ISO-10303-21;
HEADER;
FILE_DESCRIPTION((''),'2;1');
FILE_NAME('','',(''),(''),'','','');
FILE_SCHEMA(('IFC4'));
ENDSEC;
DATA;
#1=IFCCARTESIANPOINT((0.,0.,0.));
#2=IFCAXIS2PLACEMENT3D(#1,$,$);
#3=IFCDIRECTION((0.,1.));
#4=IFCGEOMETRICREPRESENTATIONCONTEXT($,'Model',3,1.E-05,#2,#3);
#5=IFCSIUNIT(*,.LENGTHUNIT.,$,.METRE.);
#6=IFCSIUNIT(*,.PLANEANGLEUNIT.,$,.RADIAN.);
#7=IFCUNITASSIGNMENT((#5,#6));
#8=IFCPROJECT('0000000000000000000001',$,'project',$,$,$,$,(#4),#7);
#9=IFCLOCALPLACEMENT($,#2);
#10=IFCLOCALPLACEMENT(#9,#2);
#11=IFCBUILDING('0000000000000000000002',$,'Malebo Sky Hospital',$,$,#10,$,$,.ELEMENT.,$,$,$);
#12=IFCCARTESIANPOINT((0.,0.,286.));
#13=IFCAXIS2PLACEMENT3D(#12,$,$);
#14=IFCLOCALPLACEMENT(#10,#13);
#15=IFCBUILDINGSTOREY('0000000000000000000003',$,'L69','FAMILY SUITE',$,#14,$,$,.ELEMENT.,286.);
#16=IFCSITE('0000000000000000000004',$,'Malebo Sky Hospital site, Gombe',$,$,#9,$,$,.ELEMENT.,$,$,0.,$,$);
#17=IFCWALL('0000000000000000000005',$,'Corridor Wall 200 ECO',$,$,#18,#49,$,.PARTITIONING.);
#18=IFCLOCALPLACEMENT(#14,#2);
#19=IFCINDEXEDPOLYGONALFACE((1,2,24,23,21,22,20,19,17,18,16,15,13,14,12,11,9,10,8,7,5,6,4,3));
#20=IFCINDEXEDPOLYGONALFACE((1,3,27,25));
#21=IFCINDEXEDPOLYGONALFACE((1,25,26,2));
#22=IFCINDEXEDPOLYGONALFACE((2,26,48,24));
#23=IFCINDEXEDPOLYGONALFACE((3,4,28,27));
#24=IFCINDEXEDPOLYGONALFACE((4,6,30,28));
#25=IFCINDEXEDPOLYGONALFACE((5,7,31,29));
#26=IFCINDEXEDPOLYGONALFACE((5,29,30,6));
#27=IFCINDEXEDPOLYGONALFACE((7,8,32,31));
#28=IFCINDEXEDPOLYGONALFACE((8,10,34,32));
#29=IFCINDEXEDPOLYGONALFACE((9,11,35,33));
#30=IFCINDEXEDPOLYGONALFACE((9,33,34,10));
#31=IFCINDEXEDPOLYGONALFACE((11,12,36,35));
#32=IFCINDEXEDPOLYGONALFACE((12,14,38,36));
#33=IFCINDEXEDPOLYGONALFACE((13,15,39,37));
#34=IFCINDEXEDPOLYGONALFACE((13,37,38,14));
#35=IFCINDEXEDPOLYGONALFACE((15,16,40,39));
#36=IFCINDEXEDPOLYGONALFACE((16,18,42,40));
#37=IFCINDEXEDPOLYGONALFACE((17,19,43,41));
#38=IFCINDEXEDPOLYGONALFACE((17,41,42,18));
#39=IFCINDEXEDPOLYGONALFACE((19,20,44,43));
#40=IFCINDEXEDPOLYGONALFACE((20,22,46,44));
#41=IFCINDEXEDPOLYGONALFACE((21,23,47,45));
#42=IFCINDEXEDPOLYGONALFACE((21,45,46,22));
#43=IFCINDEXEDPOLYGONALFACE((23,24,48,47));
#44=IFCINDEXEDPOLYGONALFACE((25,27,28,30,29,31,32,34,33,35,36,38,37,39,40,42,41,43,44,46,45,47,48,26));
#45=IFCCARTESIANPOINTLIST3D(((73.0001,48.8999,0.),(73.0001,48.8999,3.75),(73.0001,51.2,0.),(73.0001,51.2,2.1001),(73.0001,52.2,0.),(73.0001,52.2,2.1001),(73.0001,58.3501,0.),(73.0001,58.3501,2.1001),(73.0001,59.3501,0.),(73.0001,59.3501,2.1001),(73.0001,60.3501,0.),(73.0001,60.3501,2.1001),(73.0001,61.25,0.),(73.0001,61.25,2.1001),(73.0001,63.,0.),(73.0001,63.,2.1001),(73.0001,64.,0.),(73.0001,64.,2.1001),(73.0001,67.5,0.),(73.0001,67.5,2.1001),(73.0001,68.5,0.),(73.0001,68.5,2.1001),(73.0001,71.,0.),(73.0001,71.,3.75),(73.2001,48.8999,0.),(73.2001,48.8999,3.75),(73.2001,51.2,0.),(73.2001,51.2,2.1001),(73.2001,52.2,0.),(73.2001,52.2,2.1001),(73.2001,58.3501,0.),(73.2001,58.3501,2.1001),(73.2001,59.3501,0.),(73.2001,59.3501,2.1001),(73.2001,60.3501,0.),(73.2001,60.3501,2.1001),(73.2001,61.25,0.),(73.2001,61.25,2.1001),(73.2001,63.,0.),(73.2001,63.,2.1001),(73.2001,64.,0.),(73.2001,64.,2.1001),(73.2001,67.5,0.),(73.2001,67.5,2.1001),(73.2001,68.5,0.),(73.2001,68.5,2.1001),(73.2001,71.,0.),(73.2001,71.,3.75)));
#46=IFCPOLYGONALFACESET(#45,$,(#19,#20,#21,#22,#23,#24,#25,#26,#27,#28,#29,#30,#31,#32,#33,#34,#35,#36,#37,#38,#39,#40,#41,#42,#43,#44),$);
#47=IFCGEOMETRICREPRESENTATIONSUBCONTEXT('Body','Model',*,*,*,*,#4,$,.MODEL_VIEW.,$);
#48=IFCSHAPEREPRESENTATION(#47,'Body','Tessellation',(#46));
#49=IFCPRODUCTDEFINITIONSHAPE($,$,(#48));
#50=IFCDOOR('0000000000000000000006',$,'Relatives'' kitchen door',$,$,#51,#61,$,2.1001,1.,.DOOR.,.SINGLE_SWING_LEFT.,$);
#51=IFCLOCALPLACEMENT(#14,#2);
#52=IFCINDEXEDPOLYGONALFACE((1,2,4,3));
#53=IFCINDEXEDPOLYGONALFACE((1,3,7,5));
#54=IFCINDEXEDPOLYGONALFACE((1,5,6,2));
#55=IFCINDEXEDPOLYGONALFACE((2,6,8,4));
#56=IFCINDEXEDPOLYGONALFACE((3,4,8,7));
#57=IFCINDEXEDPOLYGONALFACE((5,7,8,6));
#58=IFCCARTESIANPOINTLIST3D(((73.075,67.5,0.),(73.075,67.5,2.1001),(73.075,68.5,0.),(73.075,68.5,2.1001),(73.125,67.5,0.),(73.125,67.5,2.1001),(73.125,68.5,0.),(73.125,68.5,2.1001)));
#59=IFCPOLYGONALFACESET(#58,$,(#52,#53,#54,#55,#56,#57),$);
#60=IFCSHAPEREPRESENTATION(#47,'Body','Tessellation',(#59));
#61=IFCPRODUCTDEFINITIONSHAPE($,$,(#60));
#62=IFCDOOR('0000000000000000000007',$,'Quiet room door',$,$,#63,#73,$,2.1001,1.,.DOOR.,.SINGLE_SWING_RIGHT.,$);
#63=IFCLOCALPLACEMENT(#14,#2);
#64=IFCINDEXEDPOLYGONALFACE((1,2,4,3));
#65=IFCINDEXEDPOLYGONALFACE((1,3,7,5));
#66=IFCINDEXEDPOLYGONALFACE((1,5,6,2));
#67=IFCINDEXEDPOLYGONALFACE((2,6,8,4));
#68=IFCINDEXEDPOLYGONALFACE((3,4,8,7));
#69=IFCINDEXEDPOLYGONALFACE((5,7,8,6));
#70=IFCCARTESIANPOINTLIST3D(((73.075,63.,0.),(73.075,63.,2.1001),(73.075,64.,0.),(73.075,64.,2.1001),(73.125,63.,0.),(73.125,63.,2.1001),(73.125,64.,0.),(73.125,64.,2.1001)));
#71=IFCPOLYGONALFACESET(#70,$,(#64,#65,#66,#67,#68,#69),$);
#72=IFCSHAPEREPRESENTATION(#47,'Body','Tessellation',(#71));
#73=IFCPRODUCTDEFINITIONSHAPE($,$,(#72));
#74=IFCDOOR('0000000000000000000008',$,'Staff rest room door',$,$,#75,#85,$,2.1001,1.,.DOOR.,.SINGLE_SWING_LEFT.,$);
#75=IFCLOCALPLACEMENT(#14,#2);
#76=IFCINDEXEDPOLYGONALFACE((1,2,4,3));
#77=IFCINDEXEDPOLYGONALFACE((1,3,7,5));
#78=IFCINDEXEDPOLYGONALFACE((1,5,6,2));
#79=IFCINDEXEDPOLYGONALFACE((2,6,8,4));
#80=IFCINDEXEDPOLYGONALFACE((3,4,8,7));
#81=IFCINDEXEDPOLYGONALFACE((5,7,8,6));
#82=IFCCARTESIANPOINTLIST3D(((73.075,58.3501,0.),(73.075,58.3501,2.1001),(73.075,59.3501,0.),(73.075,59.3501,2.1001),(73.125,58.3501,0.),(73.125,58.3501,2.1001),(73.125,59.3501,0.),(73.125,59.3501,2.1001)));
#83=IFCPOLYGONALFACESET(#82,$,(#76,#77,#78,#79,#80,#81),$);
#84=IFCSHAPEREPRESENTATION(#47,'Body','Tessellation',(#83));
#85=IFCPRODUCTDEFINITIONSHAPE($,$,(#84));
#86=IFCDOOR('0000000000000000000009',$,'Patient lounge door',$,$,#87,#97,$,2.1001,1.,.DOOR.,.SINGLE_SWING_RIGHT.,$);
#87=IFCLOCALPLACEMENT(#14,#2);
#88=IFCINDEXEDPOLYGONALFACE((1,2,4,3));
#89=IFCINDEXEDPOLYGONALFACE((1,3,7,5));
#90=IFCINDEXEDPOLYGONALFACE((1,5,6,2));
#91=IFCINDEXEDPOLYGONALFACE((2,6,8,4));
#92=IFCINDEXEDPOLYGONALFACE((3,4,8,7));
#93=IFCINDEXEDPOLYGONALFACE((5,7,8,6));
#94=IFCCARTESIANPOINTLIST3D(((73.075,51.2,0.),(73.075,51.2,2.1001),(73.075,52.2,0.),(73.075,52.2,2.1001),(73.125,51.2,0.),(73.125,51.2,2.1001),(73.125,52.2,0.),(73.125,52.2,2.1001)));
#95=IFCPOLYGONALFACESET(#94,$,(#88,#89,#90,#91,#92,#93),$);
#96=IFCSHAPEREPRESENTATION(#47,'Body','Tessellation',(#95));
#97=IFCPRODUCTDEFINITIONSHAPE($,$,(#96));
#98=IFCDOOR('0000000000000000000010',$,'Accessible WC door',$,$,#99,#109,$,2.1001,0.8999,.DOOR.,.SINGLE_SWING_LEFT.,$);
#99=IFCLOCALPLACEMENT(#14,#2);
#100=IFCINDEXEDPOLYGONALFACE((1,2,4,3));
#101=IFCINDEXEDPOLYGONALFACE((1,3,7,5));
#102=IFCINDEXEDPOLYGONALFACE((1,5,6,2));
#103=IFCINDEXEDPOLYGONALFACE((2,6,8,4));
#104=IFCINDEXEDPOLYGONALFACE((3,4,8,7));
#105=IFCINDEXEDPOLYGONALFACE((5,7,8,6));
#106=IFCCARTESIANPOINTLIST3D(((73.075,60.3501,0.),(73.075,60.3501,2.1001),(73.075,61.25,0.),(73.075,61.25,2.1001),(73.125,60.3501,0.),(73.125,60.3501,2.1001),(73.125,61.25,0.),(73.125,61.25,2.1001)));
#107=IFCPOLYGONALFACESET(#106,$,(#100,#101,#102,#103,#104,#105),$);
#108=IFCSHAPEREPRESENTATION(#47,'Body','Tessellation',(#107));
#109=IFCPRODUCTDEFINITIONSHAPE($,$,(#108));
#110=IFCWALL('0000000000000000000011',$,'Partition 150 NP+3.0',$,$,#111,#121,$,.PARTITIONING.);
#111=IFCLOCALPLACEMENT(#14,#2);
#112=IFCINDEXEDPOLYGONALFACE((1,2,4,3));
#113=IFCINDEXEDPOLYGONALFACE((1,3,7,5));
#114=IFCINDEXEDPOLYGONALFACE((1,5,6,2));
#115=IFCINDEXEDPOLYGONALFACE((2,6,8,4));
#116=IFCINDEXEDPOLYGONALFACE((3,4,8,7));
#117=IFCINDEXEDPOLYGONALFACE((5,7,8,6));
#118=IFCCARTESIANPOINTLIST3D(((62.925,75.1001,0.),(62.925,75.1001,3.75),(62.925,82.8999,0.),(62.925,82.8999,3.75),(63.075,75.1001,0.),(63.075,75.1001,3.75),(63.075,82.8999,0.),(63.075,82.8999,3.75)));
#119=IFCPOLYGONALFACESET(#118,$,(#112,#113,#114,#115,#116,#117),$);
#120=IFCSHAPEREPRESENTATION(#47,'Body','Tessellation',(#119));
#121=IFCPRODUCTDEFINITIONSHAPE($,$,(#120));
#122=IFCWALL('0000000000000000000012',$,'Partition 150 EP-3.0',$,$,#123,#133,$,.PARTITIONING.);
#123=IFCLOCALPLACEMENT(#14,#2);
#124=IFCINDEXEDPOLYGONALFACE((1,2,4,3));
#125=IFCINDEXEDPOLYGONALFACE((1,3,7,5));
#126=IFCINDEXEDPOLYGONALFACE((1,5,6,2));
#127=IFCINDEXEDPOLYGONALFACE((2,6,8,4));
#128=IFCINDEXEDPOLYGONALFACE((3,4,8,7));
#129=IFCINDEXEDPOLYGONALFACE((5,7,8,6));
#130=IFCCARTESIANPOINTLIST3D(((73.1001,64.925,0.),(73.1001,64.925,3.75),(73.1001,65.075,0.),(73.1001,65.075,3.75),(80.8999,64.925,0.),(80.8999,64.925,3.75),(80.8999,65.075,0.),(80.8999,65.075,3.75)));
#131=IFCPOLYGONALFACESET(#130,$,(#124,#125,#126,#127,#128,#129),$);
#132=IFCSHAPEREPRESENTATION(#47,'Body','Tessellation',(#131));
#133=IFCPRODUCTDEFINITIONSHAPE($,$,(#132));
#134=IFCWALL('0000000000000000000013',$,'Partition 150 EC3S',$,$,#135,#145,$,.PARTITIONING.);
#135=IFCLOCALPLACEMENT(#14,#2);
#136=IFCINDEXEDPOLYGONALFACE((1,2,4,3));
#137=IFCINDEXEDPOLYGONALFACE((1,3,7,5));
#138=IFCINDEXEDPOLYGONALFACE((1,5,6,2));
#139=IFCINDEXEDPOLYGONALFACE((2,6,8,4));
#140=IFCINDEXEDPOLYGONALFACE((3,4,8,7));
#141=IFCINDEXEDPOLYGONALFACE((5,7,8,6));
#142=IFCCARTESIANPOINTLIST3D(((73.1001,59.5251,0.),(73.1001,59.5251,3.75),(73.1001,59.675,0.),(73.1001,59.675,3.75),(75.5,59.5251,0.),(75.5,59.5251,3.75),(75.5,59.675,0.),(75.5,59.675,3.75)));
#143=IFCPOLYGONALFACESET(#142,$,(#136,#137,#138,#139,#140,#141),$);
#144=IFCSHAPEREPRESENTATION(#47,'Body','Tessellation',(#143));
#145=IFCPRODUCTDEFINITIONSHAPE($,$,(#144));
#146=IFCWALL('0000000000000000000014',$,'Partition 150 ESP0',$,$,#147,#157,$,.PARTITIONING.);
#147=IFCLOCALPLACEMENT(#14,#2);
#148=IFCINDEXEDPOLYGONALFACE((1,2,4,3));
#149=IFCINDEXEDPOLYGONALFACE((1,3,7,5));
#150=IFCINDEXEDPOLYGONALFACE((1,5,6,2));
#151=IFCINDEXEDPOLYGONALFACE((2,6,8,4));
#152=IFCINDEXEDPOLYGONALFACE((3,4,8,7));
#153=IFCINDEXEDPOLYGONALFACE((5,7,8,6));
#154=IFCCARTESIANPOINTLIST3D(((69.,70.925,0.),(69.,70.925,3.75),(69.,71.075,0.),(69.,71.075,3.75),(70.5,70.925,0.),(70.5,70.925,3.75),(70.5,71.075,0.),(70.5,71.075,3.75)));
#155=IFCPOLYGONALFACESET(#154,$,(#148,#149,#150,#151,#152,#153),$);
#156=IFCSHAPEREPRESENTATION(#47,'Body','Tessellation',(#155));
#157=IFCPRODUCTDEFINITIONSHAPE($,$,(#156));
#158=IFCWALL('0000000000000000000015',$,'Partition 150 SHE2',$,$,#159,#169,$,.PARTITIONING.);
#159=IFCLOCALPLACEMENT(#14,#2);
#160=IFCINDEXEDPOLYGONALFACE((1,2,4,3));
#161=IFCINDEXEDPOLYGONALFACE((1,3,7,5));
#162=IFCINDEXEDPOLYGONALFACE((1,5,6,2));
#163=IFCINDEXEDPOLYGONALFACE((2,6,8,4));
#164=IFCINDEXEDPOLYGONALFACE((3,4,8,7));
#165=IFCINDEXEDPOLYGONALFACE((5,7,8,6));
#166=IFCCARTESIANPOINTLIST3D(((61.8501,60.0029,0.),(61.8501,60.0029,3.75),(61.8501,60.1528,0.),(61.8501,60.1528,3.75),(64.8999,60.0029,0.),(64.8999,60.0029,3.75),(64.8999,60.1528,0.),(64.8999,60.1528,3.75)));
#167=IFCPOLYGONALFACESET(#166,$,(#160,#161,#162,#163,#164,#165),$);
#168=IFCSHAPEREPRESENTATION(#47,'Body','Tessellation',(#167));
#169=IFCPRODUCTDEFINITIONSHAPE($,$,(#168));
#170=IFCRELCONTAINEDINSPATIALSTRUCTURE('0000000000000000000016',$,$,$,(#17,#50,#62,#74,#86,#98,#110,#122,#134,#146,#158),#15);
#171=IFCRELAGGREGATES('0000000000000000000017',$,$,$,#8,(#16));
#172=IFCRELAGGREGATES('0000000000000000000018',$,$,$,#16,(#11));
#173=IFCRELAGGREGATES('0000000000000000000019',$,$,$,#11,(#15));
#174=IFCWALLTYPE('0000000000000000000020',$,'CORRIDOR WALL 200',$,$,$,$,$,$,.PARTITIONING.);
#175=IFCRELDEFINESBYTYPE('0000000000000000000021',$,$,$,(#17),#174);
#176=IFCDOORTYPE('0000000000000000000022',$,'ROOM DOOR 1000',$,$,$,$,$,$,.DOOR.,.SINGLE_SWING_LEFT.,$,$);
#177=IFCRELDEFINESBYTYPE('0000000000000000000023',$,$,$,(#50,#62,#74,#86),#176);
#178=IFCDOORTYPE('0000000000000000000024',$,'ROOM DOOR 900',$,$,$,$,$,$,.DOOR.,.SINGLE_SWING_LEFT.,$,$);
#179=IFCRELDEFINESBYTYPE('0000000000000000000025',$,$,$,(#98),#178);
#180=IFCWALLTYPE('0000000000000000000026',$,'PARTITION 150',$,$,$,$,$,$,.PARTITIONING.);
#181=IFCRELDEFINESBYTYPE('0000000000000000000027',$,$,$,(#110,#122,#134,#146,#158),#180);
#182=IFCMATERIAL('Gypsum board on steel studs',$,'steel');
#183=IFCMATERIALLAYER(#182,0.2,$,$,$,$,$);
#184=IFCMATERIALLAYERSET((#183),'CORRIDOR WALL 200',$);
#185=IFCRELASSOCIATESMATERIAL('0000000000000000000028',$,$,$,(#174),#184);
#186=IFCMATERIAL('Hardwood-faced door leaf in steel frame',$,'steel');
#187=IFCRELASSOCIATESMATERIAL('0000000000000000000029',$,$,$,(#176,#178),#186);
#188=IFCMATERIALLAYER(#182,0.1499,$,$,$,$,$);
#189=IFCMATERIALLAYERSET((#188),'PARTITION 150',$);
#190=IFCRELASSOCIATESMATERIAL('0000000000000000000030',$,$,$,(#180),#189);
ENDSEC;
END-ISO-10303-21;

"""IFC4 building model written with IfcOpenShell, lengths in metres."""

from ifc_helpers import new_model, si_unit, direction, frame, frame_2d, origin, place, context, subcontext, project, spatial, rectangle, extrude, material, layer, layer_set, type_object, element, fill, save


model = new_model("IFC4")

# Units and contexts
model_context = context("Model", 3, precision=1e-05, world=origin(), true_north=direction((0.0, 1.0)))
body_context = subcontext(model_context, "Body", "Model", "MODEL_VIEW")
ifc_project = project(units=[si_unit("LENGTHUNIT", "METRE"), si_unit("PLANEANGLEUNIT", "RADIAN")], contexts=[model_context])

# Site, building, storey
site_placement = place(None, origin())
site = spatial("IfcSite", under=ifc_project, at=site_placement, Name="Malebo Sky Hospital site, Gombe", CompositionType="ELEMENT", RefElevation=0.0)
building_placement = place(site_placement, origin())
building = spatial("IfcBuilding", under=site, at=building_placement, Name="Malebo Sky Hospital", CompositionType="ELEMENT")
storey_placement = place(building_placement, frame((0.0, 0.0, 286.0)))
storey = spatial("IfcBuildingStorey", under=building, at=storey_placement, Name="L69", Description="FAMILY SUITE", CompositionType="ELEMENT", Elevation=286.0)

# Wall, openings, doors
ifc_material_1 = material(Name="Gypsum board on steel studs", Category="steel")
ifc_layer_1 = layer(ifc_material_1, 0.2)
ifc_layer_set_1 = layer_set([ifc_layer_1], Name="CORRIDOR WALL 200")
wall_type_1 = type_object("IfcWallType", Name="CORRIDOR WALL 200", PredefinedType="PARTITIONING", material=ifc_layer_set_1)
wall_1_placement = place(storey_placement, frame((73.1001, 71.0, 0.0), z_axis=(0.0, 0.0, 1.0), x_axis=(0.0, -1.0, 0.0)))
wall_1 = element("IfcWall", 1, at=wall_1_placement, inside=storey, type_object=wall_type_1, Name="Corridor Wall 200 ECO", PredefinedType="PARTITIONING", context=body_context, shape_type="SweptSolid", body=[
    extrude(rectangle(XDim=22.1001, YDim=0.2, at=frame_2d((11.05, 0.0))), origin(), (0.0, 0.0, 1.0), 3.75),
])
opening_1_placement = place(wall_1_placement, frame((2.5, 0.0, 0.0)))
opening_1 = element("IfcOpeningElement", 2, at=opening_1_placement, cuts=wall_1, PredefinedType="OPENING", context=body_context, shape_type="SweptSolid", body=[
    extrude(rectangle(XDim=1.0, YDim=2.1001, at=frame_2d((0.5, 1.05))), frame((0.0, 0.1099, 0.0), z_axis=(0.0, -1.0, 0.0), x_axis=(1.0, 0.0, 0.0)), (0.0, 0.0, 1.0), 0.22),
])
opening_2_placement = place(wall_1_placement, frame((7.0, 0.0, 0.0)))
opening_2 = element("IfcOpeningElement", 3, at=opening_2_placement, cuts=wall_1, PredefinedType="OPENING", context=body_context, shape_type="SweptSolid", body=[
    extrude(rectangle(XDim=1.0, YDim=2.1001, at=frame_2d((0.5, 1.05))), frame((0.0, 0.1099, 0.0), z_axis=(0.0, -1.0, 0.0), x_axis=(1.0, 0.0, 0.0)), (0.0, 0.0, 1.0), 0.22),
])
opening_3_placement = place(wall_1_placement, frame((9.75, 0.0, 0.0)))
opening_3 = element("IfcOpeningElement", 4, at=opening_3_placement, cuts=wall_1, PredefinedType="OPENING", context=body_context, shape_type="SweptSolid", body=[
    extrude(rectangle(XDim=0.8999, YDim=2.1001, at=frame_2d((0.45, 1.05))), frame((0.0, 0.1099, 0.0), z_axis=(0.0, -1.0, 0.0), x_axis=(1.0, 0.0, 0.0)), (0.0, 0.0, 1.0), 0.22),
])
opening_4_placement = place(wall_1_placement, frame((11.6499, 0.0, 0.0)))
opening_4 = element("IfcOpeningElement", 5, at=opening_4_placement, cuts=wall_1, PredefinedType="OPENING", context=body_context, shape_type="SweptSolid", body=[
    extrude(rectangle(XDim=1.0, YDim=2.1001, at=frame_2d((0.5, 1.05))), frame((0.0, 0.1099, 0.0), z_axis=(0.0, -1.0, 0.0), x_axis=(1.0, 0.0, 0.0)), (0.0, 0.0, 1.0), 0.22),
])
opening_5_placement = place(wall_1_placement, frame((18.8, 0.0, 0.0)))
opening_5 = element("IfcOpeningElement", 6, at=opening_5_placement, cuts=wall_1, PredefinedType="OPENING", context=body_context, shape_type="SweptSolid", body=[
    extrude(rectangle(XDim=1.0, YDim=2.1001, at=frame_2d((0.5, 1.05))), frame((0.0, 0.1099, 0.0), z_axis=(0.0, -1.0, 0.0), x_axis=(1.0, 0.0, 0.0)), (0.0, 0.0, 1.0), 0.22),
])
ifc_material_2 = material(Name="Hardwood-faced door leaf in steel frame", Category="steel")
door_type_1 = type_object("IfcDoorType", Name="ROOM DOOR 1000", OperationType="SINGLE_SWING_LEFT", PredefinedType="DOOR", material=ifc_material_2)
door_1_placement = place(opening_1_placement, origin())
door_1 = element("IfcDoor", 7, at=door_1_placement, inside=storey, type_object=door_type_1, Name="Relatives' kitchen door", OperationType="SINGLE_SWING_LEFT", OverallHeight=2.1001, OverallWidth=1.0, PredefinedType="DOOR", context=body_context, shape_type="SweptSolid", body=[
    extrude(rectangle(XDim=1.0, YDim=2.1001, at=frame_2d((0.5, 1.05))), frame((0.0, 0.0249, 0.0), z_axis=(0.0, -1.0, 0.0), x_axis=(1.0, 0.0, 0.0)), (0.0, 0.0, 1.0), 0.05),
])
fill(opening_1, door_1)
door_2_placement = place(opening_2_placement, origin())
door_2 = element("IfcDoor", 8, at=door_2_placement, inside=storey, type_object=door_type_1, Name="Quiet room door", OperationType="SINGLE_SWING_RIGHT", OverallHeight=2.1001, OverallWidth=1.0, PredefinedType="DOOR", context=body_context, shape_type="SweptSolid", body=[
    extrude(rectangle(XDim=1.0, YDim=2.1001, at=frame_2d((0.5, 1.05))), frame((0.0, 0.0249, 0.0), z_axis=(0.0, -1.0, 0.0), x_axis=(1.0, 0.0, 0.0)), (0.0, 0.0, 1.0), 0.05),
])
fill(opening_2, door_2)
door_3_placement = place(opening_4_placement, origin())
door_3 = element("IfcDoor", 9, at=door_3_placement, inside=storey, type_object=door_type_1, Name="Staff rest room door", OperationType="SINGLE_SWING_LEFT", OverallHeight=2.1001, OverallWidth=1.0, PredefinedType="DOOR", context=body_context, shape_type="SweptSolid", body=[
    extrude(rectangle(XDim=1.0, YDim=2.1001, at=frame_2d((0.5, 1.05))), frame((0.0, 0.0249, 0.0), z_axis=(0.0, -1.0, 0.0), x_axis=(1.0, 0.0, 0.0)), (0.0, 0.0, 1.0), 0.05),
])
fill(opening_4, door_3)
door_4_placement = place(opening_5_placement, origin())
door_4 = element("IfcDoor", 10, at=door_4_placement, inside=storey, type_object=door_type_1, Name="Patient lounge door", OperationType="SINGLE_SWING_RIGHT", OverallHeight=2.1001, OverallWidth=1.0, PredefinedType="DOOR", context=body_context, shape_type="SweptSolid", body=[
    extrude(rectangle(XDim=1.0, YDim=2.1001, at=frame_2d((0.5, 1.05))), frame((0.0, 0.0249, 0.0), z_axis=(0.0, -1.0, 0.0), x_axis=(1.0, 0.0, 0.0)), (0.0, 0.0, 1.0), 0.05),
])
fill(opening_5, door_4)
door_type_2 = type_object("IfcDoorType", Name="ROOM DOOR 900", OperationType="SINGLE_SWING_LEFT", PredefinedType="DOOR", material=ifc_material_2)
door_5_placement = place(opening_3_placement, origin())
door_5 = element("IfcDoor", 11, at=door_5_placement, inside=storey, type_object=door_type_2, Name="Accessible WC door", OperationType="SINGLE_SWING_LEFT", OverallHeight=2.1001, OverallWidth=0.8999, PredefinedType="DOOR", context=body_context, shape_type="SweptSolid", body=[
    extrude(rectangle(XDim=0.8999, YDim=2.1001, at=frame_2d((0.45, 1.05))), frame((0.0, 0.0249, 0.0), z_axis=(0.0, -1.0, 0.0), x_axis=(1.0, 0.0, 0.0)), (0.0, 0.0, 1.0), 0.05),
])
fill(opening_3, door_5)

# Walls
ifc_layer_2 = layer(ifc_material_1, 0.1499)
ifc_layer_set_2 = layer_set([ifc_layer_2], Name="PARTITION 150")
wall_type_2 = type_object("IfcWallType", Name="PARTITION 150", PredefinedType="PARTITIONING", material=ifc_layer_set_2)
for number, where, z_axis, x_axis, name in (
    (12, (63.0, 75.1001, 0.0), (0.0, 0.0, 1.0), (0.0, 1.0, 0.0), "Partition 150 NP+3.0"),
    (13, (73.1001, 65.0, 0.0), (0.0, 0.0, 1.0), (1.0, 0.0, 0.0), "Partition 150 EP-3.0"),
):
    element("IfcWall", number, at=place(storey_placement, frame(where, z_axis=z_axis, x_axis=x_axis)), inside=storey, type_object=wall_type_2, Name=name, PredefinedType="PARTITIONING", context=body_context, shape_type="SweptSolid", body=[
        extrude(rectangle(XDim=7.7998, YDim=0.1499, at=frame_2d((3.8999, 0.0))), origin(), (0.0, 0.0, 1.0), 3.75),
    ])
wall_2_placement = place(storey_placement, frame((73.1001, 59.6001, 0.0), z_axis=(0.0, 0.0, 1.0), x_axis=(1.0, 0.0, 0.0)))
element("IfcWall", 14, at=wall_2_placement, inside=storey, type_object=wall_type_2, Name="Partition 150 EC3S", PredefinedType="PARTITIONING", context=body_context, shape_type="SweptSolid", body=[
    extrude(rectangle(XDim=2.3999, YDim=0.1499, at=frame_2d((1.2, 0.0))), origin(), (0.0, 0.0, 1.0), 3.75),
])
wall_3_placement = place(storey_placement, frame((69.0, 71.0, 0.0), z_axis=(0.0, 0.0, 1.0), x_axis=(1.0, 0.0, 0.0)))
element("IfcWall", 15, at=wall_3_placement, inside=storey, type_object=wall_type_2, Name="Partition 150 ESP0", PredefinedType="PARTITIONING", context=body_context, shape_type="SweptSolid", body=[
    extrude(rectangle(XDim=1.5, YDim=0.1499, at=frame_2d((0.75, 0.0))), origin(), (0.0, 0.0, 1.0), 3.75),
])
wall_4_placement = place(storey_placement, frame((61.8501, 60.0779, 0.0), z_axis=(0.0, 0.0, 1.0), x_axis=(1.0, 0.0, 0.0)))
element("IfcWall", 16, at=wall_4_placement, inside=storey, type_object=wall_type_2, Name="Partition 150 SHE2", PredefinedType="PARTITIONING", context=body_context, shape_type="SweptSolid", body=[
    extrude(rectangle(XDim=3.0498, YDim=0.1499, at=frame_2d((1.5249, 0.0))), origin(), (0.0, 0.0, 1.0), 3.75),
])

save(model, "model.ifc")
